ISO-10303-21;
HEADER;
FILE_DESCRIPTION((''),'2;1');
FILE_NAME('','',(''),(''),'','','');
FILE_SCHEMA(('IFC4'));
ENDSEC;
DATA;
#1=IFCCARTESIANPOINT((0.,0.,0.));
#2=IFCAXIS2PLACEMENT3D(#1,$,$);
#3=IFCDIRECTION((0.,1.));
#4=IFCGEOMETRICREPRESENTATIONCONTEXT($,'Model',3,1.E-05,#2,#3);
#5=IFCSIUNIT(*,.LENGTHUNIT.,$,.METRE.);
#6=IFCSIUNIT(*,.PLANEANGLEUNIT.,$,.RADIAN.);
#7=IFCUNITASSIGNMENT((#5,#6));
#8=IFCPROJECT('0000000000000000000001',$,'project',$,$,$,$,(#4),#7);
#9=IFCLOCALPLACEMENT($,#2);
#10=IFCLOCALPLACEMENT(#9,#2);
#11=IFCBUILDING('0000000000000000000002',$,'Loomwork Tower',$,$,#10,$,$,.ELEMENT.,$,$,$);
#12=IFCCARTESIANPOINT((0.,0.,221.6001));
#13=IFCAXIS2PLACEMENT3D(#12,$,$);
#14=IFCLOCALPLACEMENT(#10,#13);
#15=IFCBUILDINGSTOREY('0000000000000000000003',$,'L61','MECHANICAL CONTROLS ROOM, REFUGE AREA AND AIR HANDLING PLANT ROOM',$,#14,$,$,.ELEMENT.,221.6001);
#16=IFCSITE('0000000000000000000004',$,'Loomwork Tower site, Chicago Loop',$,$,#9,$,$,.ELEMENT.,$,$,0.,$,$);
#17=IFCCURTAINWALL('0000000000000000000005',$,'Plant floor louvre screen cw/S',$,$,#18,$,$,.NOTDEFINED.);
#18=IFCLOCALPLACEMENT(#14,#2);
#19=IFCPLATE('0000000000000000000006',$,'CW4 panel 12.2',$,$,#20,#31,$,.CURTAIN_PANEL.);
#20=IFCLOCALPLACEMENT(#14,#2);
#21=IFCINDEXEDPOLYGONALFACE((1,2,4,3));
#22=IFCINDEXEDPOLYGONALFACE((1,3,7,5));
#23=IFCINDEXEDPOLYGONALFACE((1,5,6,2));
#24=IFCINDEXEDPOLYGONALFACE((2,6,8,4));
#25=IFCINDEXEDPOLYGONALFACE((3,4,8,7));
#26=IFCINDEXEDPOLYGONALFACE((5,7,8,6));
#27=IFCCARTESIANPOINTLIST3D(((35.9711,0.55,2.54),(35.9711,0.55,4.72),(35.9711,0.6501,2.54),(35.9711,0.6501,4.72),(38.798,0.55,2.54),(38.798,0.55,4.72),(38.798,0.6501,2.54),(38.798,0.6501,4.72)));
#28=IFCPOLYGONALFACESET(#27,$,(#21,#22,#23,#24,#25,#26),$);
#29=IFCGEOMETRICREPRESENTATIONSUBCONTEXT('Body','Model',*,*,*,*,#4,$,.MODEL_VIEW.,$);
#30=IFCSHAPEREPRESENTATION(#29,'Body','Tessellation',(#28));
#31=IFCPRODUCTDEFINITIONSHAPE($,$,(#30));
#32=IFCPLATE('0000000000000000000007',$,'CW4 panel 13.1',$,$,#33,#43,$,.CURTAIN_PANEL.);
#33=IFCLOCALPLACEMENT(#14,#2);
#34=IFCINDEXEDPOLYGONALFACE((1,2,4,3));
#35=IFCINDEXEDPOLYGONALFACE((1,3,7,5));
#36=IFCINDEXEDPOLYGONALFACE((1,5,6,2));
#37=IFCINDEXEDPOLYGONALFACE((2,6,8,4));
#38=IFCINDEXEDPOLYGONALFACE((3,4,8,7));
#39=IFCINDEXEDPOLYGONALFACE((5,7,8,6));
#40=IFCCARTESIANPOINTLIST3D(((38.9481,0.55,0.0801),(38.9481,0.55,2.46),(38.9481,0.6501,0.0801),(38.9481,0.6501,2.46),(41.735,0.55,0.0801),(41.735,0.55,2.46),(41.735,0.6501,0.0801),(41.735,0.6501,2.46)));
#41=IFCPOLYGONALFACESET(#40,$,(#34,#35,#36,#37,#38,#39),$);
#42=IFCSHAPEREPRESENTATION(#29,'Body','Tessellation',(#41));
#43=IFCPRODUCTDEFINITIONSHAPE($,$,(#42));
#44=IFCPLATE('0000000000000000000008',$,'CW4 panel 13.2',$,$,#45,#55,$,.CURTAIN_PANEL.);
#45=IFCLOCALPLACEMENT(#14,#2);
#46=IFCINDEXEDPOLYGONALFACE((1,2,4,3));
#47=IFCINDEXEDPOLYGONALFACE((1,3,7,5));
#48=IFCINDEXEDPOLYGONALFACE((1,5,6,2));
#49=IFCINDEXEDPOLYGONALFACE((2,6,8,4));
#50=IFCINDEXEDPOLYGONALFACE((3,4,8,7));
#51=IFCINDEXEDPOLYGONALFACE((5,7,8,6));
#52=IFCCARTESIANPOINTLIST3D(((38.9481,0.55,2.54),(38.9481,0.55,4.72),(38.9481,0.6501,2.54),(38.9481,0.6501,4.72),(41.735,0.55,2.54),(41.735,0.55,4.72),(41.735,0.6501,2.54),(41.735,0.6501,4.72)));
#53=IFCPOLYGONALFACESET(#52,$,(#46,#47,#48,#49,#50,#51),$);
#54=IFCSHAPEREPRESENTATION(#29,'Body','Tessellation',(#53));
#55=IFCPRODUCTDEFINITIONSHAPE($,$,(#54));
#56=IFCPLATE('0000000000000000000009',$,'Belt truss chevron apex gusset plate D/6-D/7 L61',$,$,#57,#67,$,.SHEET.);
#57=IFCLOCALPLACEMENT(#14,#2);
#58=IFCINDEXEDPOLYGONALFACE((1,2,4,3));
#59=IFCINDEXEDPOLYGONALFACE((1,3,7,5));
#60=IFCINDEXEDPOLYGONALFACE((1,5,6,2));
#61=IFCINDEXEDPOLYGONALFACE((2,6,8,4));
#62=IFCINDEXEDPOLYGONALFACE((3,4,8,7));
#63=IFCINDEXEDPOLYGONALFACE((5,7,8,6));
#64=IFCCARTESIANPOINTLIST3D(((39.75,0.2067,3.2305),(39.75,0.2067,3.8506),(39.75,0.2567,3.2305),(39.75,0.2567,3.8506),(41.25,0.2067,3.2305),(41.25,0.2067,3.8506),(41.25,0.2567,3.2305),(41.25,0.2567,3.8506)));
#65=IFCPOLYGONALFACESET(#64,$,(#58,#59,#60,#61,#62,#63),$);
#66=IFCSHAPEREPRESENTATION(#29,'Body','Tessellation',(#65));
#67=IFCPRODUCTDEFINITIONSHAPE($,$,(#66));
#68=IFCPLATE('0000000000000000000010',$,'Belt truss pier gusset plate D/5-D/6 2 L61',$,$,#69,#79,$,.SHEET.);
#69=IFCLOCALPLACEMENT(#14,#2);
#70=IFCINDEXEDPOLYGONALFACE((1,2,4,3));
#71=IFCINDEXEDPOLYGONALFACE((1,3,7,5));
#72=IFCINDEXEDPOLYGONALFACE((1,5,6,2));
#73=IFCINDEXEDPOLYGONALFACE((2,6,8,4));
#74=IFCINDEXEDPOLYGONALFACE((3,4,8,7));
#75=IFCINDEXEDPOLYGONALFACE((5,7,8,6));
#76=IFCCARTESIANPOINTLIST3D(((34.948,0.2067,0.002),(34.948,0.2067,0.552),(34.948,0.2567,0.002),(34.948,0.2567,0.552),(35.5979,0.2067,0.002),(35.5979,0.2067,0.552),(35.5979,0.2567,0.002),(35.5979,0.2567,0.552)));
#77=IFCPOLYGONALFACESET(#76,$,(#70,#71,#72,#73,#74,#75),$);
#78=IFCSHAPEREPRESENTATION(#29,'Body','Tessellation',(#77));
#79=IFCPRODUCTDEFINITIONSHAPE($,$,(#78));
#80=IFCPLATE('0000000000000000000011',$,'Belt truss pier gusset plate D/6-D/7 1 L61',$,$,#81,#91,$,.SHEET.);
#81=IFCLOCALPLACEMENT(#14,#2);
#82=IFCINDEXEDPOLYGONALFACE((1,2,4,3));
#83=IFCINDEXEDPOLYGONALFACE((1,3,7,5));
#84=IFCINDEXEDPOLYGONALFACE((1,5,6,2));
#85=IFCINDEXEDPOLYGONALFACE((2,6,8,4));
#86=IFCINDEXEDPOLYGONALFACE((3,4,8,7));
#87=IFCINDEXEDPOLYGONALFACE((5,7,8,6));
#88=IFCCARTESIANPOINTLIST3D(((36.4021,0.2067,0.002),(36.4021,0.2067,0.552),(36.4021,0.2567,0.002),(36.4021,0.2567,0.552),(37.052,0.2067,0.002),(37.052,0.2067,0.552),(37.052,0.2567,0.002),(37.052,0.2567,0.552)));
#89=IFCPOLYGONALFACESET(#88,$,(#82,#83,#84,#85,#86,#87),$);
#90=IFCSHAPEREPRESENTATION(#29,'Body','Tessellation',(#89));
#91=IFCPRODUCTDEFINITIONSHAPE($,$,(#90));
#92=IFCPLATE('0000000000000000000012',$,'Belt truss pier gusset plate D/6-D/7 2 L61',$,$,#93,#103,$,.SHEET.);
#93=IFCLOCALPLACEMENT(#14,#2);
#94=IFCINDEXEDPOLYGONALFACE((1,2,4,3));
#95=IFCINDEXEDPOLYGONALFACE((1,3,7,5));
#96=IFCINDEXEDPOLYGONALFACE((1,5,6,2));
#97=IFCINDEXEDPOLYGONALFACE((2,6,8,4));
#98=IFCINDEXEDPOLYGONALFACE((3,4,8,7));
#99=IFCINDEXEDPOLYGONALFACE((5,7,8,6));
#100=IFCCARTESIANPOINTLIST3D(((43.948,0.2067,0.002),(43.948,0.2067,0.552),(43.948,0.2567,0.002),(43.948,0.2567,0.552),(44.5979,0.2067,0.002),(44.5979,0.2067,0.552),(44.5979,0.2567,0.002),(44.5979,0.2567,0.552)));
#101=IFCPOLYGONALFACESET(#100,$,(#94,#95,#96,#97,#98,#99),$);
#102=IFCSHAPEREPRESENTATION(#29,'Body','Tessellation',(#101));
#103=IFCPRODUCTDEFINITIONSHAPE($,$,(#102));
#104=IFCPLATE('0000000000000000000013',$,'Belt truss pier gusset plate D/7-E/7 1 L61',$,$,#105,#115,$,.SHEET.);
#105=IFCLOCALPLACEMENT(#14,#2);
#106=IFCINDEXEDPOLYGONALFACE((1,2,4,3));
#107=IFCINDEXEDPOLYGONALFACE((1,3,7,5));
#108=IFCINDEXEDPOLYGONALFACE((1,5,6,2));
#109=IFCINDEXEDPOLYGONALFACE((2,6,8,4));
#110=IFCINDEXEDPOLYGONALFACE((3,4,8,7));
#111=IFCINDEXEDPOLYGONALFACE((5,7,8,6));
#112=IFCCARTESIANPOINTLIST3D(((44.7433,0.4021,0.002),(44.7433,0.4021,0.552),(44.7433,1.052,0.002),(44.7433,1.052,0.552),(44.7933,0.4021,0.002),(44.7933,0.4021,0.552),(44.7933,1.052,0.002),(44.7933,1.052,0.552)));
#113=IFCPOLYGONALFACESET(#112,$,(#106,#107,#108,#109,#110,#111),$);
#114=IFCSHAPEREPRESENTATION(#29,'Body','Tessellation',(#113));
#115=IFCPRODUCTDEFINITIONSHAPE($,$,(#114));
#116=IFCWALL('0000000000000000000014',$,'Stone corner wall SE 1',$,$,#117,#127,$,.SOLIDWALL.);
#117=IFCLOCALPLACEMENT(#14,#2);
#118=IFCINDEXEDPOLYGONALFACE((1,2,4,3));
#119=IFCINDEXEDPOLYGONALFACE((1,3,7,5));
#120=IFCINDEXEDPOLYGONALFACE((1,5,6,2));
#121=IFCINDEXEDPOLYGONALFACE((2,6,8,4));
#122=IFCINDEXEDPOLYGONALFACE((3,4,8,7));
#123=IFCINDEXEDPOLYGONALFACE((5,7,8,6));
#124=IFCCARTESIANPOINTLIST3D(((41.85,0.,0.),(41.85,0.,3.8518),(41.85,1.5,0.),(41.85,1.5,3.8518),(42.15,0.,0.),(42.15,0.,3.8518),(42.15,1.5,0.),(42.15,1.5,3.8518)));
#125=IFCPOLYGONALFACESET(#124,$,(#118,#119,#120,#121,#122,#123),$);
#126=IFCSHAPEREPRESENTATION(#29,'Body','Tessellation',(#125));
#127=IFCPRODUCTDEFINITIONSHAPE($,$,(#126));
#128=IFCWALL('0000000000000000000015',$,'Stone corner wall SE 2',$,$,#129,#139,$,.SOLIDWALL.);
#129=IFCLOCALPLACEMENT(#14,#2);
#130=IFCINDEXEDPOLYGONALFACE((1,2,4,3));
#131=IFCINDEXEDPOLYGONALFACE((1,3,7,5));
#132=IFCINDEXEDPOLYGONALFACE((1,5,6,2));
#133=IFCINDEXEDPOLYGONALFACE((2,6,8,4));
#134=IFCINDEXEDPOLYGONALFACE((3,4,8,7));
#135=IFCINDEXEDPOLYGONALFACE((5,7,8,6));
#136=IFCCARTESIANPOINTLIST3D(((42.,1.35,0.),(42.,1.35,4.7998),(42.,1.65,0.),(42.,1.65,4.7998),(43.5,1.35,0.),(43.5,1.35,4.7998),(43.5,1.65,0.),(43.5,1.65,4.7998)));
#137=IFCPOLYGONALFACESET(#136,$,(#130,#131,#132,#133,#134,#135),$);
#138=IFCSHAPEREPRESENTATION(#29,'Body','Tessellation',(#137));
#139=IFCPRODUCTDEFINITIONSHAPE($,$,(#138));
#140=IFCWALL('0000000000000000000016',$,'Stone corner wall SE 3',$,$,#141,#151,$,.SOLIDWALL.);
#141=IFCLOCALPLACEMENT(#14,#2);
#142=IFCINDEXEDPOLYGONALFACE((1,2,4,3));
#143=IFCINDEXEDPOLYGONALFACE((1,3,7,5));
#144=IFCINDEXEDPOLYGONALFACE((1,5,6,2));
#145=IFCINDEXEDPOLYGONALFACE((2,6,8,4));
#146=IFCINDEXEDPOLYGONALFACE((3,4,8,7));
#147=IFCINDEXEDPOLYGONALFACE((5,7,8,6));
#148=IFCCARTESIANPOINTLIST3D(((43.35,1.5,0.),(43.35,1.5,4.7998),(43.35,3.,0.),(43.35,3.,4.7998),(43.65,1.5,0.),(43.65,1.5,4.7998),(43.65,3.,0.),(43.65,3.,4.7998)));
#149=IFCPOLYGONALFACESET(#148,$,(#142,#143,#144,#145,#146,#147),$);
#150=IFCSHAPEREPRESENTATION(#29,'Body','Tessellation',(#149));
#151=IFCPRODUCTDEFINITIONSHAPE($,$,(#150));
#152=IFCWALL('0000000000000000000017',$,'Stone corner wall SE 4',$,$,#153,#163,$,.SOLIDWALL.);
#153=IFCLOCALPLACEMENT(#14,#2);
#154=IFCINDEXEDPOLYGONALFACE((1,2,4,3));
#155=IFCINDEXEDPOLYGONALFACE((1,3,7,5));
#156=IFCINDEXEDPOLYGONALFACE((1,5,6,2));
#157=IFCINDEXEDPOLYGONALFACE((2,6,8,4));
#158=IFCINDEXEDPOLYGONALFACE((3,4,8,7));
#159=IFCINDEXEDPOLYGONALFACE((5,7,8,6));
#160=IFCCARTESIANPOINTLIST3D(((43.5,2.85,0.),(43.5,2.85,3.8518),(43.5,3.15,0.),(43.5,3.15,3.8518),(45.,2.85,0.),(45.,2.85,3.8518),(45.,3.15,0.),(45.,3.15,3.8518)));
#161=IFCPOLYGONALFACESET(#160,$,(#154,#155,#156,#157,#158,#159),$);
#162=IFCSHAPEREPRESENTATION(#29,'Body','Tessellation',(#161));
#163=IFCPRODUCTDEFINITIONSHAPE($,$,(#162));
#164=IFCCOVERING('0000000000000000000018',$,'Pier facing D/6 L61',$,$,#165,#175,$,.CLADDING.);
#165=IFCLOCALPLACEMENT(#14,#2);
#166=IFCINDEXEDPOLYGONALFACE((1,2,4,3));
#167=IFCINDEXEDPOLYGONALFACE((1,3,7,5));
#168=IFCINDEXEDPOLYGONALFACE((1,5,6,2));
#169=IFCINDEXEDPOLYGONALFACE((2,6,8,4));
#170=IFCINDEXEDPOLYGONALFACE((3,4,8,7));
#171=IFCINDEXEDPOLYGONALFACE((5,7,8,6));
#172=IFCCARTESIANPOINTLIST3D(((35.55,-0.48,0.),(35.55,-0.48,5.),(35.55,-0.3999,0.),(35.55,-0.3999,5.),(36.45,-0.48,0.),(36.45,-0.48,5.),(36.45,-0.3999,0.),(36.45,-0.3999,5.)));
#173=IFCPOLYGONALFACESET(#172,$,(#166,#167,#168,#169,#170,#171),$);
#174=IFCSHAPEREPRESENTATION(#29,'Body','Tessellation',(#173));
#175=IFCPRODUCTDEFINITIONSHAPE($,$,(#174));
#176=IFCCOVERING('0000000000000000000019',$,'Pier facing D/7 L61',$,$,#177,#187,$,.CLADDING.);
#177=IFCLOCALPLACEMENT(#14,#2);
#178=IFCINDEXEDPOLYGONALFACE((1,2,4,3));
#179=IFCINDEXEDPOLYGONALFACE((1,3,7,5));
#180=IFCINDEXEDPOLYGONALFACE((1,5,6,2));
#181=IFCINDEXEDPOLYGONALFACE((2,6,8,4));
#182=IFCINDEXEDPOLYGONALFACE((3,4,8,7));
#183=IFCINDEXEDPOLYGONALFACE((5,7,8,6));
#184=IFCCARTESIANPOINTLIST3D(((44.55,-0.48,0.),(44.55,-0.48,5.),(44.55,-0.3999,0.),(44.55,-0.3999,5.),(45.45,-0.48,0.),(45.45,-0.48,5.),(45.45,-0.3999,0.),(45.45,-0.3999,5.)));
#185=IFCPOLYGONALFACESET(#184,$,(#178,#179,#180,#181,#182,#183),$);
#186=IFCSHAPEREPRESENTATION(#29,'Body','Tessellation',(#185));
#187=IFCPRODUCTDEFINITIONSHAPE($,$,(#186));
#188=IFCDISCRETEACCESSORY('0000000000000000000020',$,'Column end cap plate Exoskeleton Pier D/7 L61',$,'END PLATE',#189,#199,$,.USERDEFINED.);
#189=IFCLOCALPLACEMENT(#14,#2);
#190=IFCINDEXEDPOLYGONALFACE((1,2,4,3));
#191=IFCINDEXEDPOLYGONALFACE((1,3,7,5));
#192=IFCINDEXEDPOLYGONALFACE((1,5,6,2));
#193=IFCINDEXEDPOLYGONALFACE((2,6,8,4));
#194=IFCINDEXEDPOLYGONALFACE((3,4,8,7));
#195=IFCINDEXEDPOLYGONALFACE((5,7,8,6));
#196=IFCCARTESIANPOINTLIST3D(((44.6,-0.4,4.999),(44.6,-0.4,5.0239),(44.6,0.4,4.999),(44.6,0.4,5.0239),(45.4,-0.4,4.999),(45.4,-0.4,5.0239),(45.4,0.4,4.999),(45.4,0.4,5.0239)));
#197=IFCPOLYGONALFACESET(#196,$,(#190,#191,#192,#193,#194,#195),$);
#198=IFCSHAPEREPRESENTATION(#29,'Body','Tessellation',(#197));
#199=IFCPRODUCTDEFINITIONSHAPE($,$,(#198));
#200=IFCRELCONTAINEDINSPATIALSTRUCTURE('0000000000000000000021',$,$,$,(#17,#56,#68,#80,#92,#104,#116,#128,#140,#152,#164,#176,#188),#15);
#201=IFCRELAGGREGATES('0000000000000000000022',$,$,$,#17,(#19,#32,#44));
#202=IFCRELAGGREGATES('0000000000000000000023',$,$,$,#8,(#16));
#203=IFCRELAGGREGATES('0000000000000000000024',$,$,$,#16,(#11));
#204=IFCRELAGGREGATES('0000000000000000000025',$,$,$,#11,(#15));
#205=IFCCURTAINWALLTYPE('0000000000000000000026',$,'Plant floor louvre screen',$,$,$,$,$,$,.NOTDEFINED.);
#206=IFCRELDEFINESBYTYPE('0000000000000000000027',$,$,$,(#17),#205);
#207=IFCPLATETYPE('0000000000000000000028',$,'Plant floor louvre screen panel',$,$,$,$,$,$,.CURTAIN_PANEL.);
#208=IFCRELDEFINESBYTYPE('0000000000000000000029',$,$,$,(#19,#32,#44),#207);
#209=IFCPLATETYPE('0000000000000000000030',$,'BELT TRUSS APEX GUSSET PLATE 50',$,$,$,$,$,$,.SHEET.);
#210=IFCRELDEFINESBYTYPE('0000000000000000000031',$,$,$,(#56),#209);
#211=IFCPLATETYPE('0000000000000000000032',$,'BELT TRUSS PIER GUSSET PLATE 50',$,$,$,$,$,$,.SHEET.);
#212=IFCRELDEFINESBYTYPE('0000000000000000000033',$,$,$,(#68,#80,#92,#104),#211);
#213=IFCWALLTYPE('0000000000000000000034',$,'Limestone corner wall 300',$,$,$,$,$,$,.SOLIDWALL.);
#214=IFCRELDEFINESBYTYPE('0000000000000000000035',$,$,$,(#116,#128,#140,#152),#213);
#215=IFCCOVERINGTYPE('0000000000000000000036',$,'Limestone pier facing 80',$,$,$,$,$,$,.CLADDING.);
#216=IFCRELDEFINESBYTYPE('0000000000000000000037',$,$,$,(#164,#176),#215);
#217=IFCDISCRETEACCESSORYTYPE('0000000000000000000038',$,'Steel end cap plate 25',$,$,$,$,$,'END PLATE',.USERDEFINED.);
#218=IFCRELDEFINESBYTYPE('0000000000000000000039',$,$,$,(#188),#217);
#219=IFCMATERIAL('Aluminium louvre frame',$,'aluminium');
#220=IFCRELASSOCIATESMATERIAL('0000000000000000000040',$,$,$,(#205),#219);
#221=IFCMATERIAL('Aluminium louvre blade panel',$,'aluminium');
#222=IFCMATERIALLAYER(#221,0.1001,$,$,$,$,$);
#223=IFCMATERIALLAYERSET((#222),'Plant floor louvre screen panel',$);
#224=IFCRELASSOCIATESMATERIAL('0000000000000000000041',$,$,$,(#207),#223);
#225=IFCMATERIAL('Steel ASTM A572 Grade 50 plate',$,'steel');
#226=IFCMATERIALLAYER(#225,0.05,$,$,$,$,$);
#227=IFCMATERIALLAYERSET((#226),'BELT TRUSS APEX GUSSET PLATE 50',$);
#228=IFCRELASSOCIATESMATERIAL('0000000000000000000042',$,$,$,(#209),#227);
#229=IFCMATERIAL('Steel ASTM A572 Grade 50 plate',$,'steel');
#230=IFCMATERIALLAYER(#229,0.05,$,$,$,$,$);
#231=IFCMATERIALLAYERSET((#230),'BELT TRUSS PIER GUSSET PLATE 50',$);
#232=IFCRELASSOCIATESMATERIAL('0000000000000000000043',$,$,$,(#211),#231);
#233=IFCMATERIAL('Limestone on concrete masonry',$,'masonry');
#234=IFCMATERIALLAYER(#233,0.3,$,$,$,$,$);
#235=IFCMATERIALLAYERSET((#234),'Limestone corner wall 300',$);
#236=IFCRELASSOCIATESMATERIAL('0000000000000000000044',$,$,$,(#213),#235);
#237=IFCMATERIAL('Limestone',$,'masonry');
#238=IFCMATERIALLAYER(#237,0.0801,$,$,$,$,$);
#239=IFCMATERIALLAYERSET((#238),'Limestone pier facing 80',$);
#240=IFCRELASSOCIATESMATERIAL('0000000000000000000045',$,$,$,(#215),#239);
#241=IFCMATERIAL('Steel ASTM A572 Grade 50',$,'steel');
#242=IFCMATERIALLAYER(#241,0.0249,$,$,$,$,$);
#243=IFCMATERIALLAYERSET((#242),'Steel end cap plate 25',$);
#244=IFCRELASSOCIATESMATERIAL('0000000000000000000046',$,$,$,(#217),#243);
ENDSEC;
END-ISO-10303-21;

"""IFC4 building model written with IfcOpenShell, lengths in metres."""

from ifc_helpers import new_model, si_unit, direction, frame, frame_2d, origin, origin_2d, place, context, subcontext, project, spatial, rectangle, extrude, material, layer, layer_set, type_object, element, aggregate, save


model = new_model("IFC4")

# Units and contexts
model_context = context("Model", 3, precision=1e-05, world=origin(), true_north=direction((0.0, 1.0)))
body_context = subcontext(model_context, "Body", "Model", "MODEL_VIEW")
ifc_project = project(units=[si_unit("LENGTHUNIT", "METRE"), si_unit("PLANEANGLEUNIT", "RADIAN")], contexts=[model_context])

# Site, building, storey
site_placement = place(None, origin())
site = spatial("IfcSite", under=ifc_project, at=site_placement, Name="Loomwork Tower site, Chicago Loop", CompositionType="ELEMENT", RefElevation=0.0)
building_placement = place(site_placement, origin())
building = spatial("IfcBuilding", under=site, at=building_placement, Name="Loomwork Tower", CompositionType="ELEMENT")
storey_placement = place(building_placement, frame((0.0, 0.0, 221.6001)))
storey = spatial("IfcBuildingStorey", under=building, at=storey_placement, Name="L61", Description="MECHANICAL CONTROLS ROOM, REFUGE AREA AND AIR HANDLING PLANT ROOM", CompositionType="ELEMENT", Elevation=221.6001)

# Curtain wall
ifc_material_1 = material(Name="Aluminium louvre frame", Category="aluminium")
curtain_wall_type = type_object("IfcCurtainWallType", Name="Plant floor louvre screen", PredefinedType="NOTDEFINED", material=ifc_material_1)
curtain_wall_1_placement = place(storey_placement, origin())
curtain_wall_1 = element("IfcCurtainWall", 1, at=curtain_wall_1_placement, inside=storey, type_object=curtain_wall_type, Name="Plant floor louvre screen cw/S", PredefinedType="NOTDEFINED")

# Plates
ifc_material_2 = material(Name="Aluminium louvre blade panel", Category="aluminium")
ifc_layer_1 = layer(ifc_material_2, 0.1001)
ifc_layer_set_1 = layer_set([ifc_layer_1], Name="Plant floor louvre screen panel")
plate_type_1 = type_object("IfcPlateType", Name="Plant floor louvre screen panel", PredefinedType="CURTAIN_PANEL", material=ifc_layer_set_1)
plate_1_placement = place(storey_placement, frame((37.3845, 0.6001, 2.54), z_axis=(0.0, 0.0, 1.0), x_axis=(1.0, 0.0, 0.0)))
plate_1 = element("IfcPlate", 2, at=plate_1_placement, type_object=plate_type_1, Name="CW4 panel 12.2", PredefinedType="CURTAIN_PANEL", context=body_context, shape_type="SweptSolid", body=[
    extrude(rectangle(XDim=2.8269, YDim=0.1001, at=origin_2d()), origin(), (0.0, 0.0, 1.0), 2.1799),
])
plate_2_placement = place(storey_placement, frame((40.3416, 0.6001, 0.0801), z_axis=(0.0, 0.0, 1.0), x_axis=(1.0, 0.0, 0.0)))
plate_2 = element("IfcPlate", 3, at=plate_2_placement, type_object=plate_type_1, Name="CW4 panel 13.1", PredefinedType="CURTAIN_PANEL", context=body_context, shape_type="SweptSolid", body=[
    extrude(rectangle(XDim=2.7869, YDim=0.1001, at=origin_2d()), origin(), (0.0, 0.0, 1.0), 2.3799),
])
plate_3_placement = place(storey_placement, frame((40.3416, 0.6001, 2.54), z_axis=(0.0, 0.0, 1.0), x_axis=(1.0, 0.0, 0.0)))
plate_3 = element("IfcPlate", 4, at=plate_3_placement, type_object=plate_type_1, Name="CW4 panel 13.2", PredefinedType="CURTAIN_PANEL", context=body_context, shape_type="SweptSolid", body=[
    extrude(rectangle(XDim=2.7869, YDim=0.1001, at=origin_2d()), origin(), (0.0, 0.0, 1.0), 2.1799),
])
aggregate(curtain_wall_1, [plate_1, plate_2, plate_3])

# Plates
ifc_material_3 = material(Name="Steel ASTM A572 Grade 50 plate", Category="steel")
ifc_layer_2 = layer(ifc_material_3, 0.05)
ifc_layer_set_2 = layer_set([ifc_layer_2], Name="BELT TRUSS APEX GUSSET PLATE 50")
plate_type_2 = type_object("IfcPlateType", Name="BELT TRUSS APEX GUSSET PLATE 50", PredefinedType="SHEET", material=ifc_layer_set_2)
plate_4_placement = place(storey_placement, frame((40.5, 0.2317, 3.2305), z_axis=(0.0, 0.0, 1.0), x_axis=(1.0, 0.0, 0.0)))
element("IfcPlate", 5, at=plate_4_placement, inside=storey, type_object=plate_type_2, Name="Belt truss chevron apex gusset plate D/6-D/7 L61", PredefinedType="SHEET", context=body_context, shape_type="SweptSolid", body=[
    extrude(rectangle(XDim=1.5, YDim=0.05, at=origin_2d()), origin(), (0.0, 0.0, 1.0), 0.6201),
])
ifc_material_4 = material(Name="Steel ASTM A572 Grade 50 plate", Category="steel")
ifc_layer_3 = layer(ifc_material_4, 0.05)
ifc_layer_set_3 = layer_set([ifc_layer_3], Name="BELT TRUSS PIER GUSSET PLATE 50")
plate_type_3 = type_object("IfcPlateType", Name="BELT TRUSS PIER GUSSET PLATE 50", PredefinedType="SHEET", material=ifc_layer_set_3)
for number, where, z_axis, x_axis, name in (
    (6, (35.2729, 0.2317, 0.002), (0.0, 0.0, 1.0), (1.0, 0.0, 0.0), "Belt truss pier gusset plate D/5-D/6 2 L61"),
    (7, (36.7271, 0.2317, 0.002), (0.0, 0.0, 1.0), (1.0, 0.0, 0.0), "Belt truss pier gusset plate D/6-D/7 1 L61"),
    (8, (44.2729, 0.2317, 0.002), (0.0, 0.0, 1.0), (1.0, 0.0, 0.0), "Belt truss pier gusset plate D/6-D/7 2 L61"),
    (9, (44.7683, 0.7271, 0.002), (0.0, 0.0, 1.0), (0.0, 1.0, 0.0), "Belt truss pier gusset plate D/7-E/7 1 L61"),
):
    element("IfcPlate", number, at=place(storey_placement, frame(where, z_axis=z_axis, x_axis=x_axis)), inside=storey, type_object=plate_type_3, Name=name, PredefinedType="SHEET", context=body_context, shape_type="SweptSolid", body=[
        extrude(rectangle(XDim=0.6499, YDim=0.05, at=origin_2d()), origin(), (0.0, 0.0, 1.0), 0.55),
    ])

# Walls
ifc_material_5 = material(Name="Limestone on concrete masonry", Category="masonry")
ifc_layer_4 = layer(ifc_material_5, 0.3)
ifc_layer_set_4 = layer_set([ifc_layer_4], Name="Limestone corner wall 300")
wall_type = type_object("IfcWallType", Name="Limestone corner wall 300", PredefinedType="SOLIDWALL", material=ifc_layer_set_4)
wall_1_placement = place(storey_placement, frame((42.0, 0.0, 0.0), z_axis=(0.0, 0.0, 1.0), x_axis=(0.0, 1.0, 0.0)))
element("IfcWall", 10, at=wall_1_placement, inside=storey, type_object=wall_type, Name="Stone corner wall SE 1", PredefinedType="SOLIDWALL", context=body_context, shape_type="SweptSolid", body=[
    extrude(rectangle(XDim=1.5, YDim=0.3, at=frame_2d((0.75, 0.0))), origin(), (0.0, 0.0, 1.0), 3.8518),
])
for number, where, z_axis, x_axis, name in (
    (11, (42.0, 1.5, 0.0), (0.0, 0.0, 1.0), (1.0, 0.0, 0.0), "Stone corner wall SE 2"),
    (12, (43.5, 1.5, 0.0), (0.0, 0.0, 1.0), (0.0, 1.0, 0.0), "Stone corner wall SE 3"),
):
    element("IfcWall", number, at=place(storey_placement, frame(where, z_axis=z_axis, x_axis=x_axis)), inside=storey, type_object=wall_type, Name=name, PredefinedType="SOLIDWALL", context=body_context, shape_type="SweptSolid", body=[
        extrude(rectangle(XDim=1.5, YDim=0.3, at=frame_2d((0.75, 0.0))), origin(), (0.0, 0.0, 1.0), 4.7998),
    ])
wall_2_placement = place(storey_placement, frame((43.5, 3.0, 0.0), z_axis=(0.0, 0.0, 1.0), x_axis=(1.0, 0.0, 0.0)))
element("IfcWall", 13, at=wall_2_placement, inside=storey, type_object=wall_type, Name="Stone corner wall SE 4", PredefinedType="SOLIDWALL", context=body_context, shape_type="SweptSolid", body=[
    extrude(rectangle(XDim=1.5, YDim=0.3, at=frame_2d((0.75, 0.0))), origin(), (0.0, 0.0, 1.0), 3.8518),
])

# Coverings
ifc_material_6 = material(Name="Limestone", Category="masonry")
ifc_layer_5 = layer(ifc_material_6, 0.0801)
ifc_layer_set_5 = layer_set([ifc_layer_5], Name="Limestone pier facing 80")
covering_type = type_object("IfcCoveringType", Name="Limestone pier facing 80", PredefinedType="CLADDING", material=ifc_layer_set_5)
for number, where, z_axis, x_axis, name in (
    (14, (36.0, -0.4399, 0.0), (0.0, 0.0, 1.0), (1.0, 0.0, 0.0), "Pier facing D/6 L61"),
    (15, (45.0, -0.4399, 0.0), (0.0, 0.0, 1.0), (1.0, 0.0, 0.0), "Pier facing D/7 L61"),
):
    element("IfcCovering", number, at=place(storey_placement, frame(where, z_axis=z_axis, x_axis=x_axis)), inside=storey, type_object=covering_type, Name=name, PredefinedType="CLADDING", context=body_context, shape_type="SweptSolid", body=[
        extrude(rectangle(XDim=0.8999, YDim=0.0801, at=origin_2d()), origin(), (0.0, 0.0, 1.0), 5.0),
    ])

# Discrete accessory
ifc_material_7 = material(Name="Steel ASTM A572 Grade 50", Category="steel")
ifc_layer_6 = layer(ifc_material_7, 0.0249)
ifc_layer_set_6 = layer_set([ifc_layer_6], Name="Steel end cap plate 25")
discrete_accessory_type = type_object("IfcDiscreteAccessoryType", Name="Steel end cap plate 25", ElementType="END PLATE", PredefinedType="USERDEFINED", material=ifc_layer_set_6)
discrete_accessory_placement = place(storey_placement, frame((45.0, 0.0, 4.999), z_axis=(0.0, 0.0, 1.0), x_axis=(1.0, 0.0, 0.0)))
element("IfcDiscreteAccessory", 16, at=discrete_accessory_placement, inside=storey, type_object=discrete_accessory_type, Name="Column end cap plate Exoskeleton Pier D/7 L61", ObjectType="END PLATE", PredefinedType="USERDEFINED", context=body_context, shape_type="SweptSolid", body=[
    extrude(rectangle(XDim=0.8, YDim=0.8, at=origin_2d()), origin(), (0.0, 0.0, 1.0), 0.0249),
])

save(model, "model.ifc")
